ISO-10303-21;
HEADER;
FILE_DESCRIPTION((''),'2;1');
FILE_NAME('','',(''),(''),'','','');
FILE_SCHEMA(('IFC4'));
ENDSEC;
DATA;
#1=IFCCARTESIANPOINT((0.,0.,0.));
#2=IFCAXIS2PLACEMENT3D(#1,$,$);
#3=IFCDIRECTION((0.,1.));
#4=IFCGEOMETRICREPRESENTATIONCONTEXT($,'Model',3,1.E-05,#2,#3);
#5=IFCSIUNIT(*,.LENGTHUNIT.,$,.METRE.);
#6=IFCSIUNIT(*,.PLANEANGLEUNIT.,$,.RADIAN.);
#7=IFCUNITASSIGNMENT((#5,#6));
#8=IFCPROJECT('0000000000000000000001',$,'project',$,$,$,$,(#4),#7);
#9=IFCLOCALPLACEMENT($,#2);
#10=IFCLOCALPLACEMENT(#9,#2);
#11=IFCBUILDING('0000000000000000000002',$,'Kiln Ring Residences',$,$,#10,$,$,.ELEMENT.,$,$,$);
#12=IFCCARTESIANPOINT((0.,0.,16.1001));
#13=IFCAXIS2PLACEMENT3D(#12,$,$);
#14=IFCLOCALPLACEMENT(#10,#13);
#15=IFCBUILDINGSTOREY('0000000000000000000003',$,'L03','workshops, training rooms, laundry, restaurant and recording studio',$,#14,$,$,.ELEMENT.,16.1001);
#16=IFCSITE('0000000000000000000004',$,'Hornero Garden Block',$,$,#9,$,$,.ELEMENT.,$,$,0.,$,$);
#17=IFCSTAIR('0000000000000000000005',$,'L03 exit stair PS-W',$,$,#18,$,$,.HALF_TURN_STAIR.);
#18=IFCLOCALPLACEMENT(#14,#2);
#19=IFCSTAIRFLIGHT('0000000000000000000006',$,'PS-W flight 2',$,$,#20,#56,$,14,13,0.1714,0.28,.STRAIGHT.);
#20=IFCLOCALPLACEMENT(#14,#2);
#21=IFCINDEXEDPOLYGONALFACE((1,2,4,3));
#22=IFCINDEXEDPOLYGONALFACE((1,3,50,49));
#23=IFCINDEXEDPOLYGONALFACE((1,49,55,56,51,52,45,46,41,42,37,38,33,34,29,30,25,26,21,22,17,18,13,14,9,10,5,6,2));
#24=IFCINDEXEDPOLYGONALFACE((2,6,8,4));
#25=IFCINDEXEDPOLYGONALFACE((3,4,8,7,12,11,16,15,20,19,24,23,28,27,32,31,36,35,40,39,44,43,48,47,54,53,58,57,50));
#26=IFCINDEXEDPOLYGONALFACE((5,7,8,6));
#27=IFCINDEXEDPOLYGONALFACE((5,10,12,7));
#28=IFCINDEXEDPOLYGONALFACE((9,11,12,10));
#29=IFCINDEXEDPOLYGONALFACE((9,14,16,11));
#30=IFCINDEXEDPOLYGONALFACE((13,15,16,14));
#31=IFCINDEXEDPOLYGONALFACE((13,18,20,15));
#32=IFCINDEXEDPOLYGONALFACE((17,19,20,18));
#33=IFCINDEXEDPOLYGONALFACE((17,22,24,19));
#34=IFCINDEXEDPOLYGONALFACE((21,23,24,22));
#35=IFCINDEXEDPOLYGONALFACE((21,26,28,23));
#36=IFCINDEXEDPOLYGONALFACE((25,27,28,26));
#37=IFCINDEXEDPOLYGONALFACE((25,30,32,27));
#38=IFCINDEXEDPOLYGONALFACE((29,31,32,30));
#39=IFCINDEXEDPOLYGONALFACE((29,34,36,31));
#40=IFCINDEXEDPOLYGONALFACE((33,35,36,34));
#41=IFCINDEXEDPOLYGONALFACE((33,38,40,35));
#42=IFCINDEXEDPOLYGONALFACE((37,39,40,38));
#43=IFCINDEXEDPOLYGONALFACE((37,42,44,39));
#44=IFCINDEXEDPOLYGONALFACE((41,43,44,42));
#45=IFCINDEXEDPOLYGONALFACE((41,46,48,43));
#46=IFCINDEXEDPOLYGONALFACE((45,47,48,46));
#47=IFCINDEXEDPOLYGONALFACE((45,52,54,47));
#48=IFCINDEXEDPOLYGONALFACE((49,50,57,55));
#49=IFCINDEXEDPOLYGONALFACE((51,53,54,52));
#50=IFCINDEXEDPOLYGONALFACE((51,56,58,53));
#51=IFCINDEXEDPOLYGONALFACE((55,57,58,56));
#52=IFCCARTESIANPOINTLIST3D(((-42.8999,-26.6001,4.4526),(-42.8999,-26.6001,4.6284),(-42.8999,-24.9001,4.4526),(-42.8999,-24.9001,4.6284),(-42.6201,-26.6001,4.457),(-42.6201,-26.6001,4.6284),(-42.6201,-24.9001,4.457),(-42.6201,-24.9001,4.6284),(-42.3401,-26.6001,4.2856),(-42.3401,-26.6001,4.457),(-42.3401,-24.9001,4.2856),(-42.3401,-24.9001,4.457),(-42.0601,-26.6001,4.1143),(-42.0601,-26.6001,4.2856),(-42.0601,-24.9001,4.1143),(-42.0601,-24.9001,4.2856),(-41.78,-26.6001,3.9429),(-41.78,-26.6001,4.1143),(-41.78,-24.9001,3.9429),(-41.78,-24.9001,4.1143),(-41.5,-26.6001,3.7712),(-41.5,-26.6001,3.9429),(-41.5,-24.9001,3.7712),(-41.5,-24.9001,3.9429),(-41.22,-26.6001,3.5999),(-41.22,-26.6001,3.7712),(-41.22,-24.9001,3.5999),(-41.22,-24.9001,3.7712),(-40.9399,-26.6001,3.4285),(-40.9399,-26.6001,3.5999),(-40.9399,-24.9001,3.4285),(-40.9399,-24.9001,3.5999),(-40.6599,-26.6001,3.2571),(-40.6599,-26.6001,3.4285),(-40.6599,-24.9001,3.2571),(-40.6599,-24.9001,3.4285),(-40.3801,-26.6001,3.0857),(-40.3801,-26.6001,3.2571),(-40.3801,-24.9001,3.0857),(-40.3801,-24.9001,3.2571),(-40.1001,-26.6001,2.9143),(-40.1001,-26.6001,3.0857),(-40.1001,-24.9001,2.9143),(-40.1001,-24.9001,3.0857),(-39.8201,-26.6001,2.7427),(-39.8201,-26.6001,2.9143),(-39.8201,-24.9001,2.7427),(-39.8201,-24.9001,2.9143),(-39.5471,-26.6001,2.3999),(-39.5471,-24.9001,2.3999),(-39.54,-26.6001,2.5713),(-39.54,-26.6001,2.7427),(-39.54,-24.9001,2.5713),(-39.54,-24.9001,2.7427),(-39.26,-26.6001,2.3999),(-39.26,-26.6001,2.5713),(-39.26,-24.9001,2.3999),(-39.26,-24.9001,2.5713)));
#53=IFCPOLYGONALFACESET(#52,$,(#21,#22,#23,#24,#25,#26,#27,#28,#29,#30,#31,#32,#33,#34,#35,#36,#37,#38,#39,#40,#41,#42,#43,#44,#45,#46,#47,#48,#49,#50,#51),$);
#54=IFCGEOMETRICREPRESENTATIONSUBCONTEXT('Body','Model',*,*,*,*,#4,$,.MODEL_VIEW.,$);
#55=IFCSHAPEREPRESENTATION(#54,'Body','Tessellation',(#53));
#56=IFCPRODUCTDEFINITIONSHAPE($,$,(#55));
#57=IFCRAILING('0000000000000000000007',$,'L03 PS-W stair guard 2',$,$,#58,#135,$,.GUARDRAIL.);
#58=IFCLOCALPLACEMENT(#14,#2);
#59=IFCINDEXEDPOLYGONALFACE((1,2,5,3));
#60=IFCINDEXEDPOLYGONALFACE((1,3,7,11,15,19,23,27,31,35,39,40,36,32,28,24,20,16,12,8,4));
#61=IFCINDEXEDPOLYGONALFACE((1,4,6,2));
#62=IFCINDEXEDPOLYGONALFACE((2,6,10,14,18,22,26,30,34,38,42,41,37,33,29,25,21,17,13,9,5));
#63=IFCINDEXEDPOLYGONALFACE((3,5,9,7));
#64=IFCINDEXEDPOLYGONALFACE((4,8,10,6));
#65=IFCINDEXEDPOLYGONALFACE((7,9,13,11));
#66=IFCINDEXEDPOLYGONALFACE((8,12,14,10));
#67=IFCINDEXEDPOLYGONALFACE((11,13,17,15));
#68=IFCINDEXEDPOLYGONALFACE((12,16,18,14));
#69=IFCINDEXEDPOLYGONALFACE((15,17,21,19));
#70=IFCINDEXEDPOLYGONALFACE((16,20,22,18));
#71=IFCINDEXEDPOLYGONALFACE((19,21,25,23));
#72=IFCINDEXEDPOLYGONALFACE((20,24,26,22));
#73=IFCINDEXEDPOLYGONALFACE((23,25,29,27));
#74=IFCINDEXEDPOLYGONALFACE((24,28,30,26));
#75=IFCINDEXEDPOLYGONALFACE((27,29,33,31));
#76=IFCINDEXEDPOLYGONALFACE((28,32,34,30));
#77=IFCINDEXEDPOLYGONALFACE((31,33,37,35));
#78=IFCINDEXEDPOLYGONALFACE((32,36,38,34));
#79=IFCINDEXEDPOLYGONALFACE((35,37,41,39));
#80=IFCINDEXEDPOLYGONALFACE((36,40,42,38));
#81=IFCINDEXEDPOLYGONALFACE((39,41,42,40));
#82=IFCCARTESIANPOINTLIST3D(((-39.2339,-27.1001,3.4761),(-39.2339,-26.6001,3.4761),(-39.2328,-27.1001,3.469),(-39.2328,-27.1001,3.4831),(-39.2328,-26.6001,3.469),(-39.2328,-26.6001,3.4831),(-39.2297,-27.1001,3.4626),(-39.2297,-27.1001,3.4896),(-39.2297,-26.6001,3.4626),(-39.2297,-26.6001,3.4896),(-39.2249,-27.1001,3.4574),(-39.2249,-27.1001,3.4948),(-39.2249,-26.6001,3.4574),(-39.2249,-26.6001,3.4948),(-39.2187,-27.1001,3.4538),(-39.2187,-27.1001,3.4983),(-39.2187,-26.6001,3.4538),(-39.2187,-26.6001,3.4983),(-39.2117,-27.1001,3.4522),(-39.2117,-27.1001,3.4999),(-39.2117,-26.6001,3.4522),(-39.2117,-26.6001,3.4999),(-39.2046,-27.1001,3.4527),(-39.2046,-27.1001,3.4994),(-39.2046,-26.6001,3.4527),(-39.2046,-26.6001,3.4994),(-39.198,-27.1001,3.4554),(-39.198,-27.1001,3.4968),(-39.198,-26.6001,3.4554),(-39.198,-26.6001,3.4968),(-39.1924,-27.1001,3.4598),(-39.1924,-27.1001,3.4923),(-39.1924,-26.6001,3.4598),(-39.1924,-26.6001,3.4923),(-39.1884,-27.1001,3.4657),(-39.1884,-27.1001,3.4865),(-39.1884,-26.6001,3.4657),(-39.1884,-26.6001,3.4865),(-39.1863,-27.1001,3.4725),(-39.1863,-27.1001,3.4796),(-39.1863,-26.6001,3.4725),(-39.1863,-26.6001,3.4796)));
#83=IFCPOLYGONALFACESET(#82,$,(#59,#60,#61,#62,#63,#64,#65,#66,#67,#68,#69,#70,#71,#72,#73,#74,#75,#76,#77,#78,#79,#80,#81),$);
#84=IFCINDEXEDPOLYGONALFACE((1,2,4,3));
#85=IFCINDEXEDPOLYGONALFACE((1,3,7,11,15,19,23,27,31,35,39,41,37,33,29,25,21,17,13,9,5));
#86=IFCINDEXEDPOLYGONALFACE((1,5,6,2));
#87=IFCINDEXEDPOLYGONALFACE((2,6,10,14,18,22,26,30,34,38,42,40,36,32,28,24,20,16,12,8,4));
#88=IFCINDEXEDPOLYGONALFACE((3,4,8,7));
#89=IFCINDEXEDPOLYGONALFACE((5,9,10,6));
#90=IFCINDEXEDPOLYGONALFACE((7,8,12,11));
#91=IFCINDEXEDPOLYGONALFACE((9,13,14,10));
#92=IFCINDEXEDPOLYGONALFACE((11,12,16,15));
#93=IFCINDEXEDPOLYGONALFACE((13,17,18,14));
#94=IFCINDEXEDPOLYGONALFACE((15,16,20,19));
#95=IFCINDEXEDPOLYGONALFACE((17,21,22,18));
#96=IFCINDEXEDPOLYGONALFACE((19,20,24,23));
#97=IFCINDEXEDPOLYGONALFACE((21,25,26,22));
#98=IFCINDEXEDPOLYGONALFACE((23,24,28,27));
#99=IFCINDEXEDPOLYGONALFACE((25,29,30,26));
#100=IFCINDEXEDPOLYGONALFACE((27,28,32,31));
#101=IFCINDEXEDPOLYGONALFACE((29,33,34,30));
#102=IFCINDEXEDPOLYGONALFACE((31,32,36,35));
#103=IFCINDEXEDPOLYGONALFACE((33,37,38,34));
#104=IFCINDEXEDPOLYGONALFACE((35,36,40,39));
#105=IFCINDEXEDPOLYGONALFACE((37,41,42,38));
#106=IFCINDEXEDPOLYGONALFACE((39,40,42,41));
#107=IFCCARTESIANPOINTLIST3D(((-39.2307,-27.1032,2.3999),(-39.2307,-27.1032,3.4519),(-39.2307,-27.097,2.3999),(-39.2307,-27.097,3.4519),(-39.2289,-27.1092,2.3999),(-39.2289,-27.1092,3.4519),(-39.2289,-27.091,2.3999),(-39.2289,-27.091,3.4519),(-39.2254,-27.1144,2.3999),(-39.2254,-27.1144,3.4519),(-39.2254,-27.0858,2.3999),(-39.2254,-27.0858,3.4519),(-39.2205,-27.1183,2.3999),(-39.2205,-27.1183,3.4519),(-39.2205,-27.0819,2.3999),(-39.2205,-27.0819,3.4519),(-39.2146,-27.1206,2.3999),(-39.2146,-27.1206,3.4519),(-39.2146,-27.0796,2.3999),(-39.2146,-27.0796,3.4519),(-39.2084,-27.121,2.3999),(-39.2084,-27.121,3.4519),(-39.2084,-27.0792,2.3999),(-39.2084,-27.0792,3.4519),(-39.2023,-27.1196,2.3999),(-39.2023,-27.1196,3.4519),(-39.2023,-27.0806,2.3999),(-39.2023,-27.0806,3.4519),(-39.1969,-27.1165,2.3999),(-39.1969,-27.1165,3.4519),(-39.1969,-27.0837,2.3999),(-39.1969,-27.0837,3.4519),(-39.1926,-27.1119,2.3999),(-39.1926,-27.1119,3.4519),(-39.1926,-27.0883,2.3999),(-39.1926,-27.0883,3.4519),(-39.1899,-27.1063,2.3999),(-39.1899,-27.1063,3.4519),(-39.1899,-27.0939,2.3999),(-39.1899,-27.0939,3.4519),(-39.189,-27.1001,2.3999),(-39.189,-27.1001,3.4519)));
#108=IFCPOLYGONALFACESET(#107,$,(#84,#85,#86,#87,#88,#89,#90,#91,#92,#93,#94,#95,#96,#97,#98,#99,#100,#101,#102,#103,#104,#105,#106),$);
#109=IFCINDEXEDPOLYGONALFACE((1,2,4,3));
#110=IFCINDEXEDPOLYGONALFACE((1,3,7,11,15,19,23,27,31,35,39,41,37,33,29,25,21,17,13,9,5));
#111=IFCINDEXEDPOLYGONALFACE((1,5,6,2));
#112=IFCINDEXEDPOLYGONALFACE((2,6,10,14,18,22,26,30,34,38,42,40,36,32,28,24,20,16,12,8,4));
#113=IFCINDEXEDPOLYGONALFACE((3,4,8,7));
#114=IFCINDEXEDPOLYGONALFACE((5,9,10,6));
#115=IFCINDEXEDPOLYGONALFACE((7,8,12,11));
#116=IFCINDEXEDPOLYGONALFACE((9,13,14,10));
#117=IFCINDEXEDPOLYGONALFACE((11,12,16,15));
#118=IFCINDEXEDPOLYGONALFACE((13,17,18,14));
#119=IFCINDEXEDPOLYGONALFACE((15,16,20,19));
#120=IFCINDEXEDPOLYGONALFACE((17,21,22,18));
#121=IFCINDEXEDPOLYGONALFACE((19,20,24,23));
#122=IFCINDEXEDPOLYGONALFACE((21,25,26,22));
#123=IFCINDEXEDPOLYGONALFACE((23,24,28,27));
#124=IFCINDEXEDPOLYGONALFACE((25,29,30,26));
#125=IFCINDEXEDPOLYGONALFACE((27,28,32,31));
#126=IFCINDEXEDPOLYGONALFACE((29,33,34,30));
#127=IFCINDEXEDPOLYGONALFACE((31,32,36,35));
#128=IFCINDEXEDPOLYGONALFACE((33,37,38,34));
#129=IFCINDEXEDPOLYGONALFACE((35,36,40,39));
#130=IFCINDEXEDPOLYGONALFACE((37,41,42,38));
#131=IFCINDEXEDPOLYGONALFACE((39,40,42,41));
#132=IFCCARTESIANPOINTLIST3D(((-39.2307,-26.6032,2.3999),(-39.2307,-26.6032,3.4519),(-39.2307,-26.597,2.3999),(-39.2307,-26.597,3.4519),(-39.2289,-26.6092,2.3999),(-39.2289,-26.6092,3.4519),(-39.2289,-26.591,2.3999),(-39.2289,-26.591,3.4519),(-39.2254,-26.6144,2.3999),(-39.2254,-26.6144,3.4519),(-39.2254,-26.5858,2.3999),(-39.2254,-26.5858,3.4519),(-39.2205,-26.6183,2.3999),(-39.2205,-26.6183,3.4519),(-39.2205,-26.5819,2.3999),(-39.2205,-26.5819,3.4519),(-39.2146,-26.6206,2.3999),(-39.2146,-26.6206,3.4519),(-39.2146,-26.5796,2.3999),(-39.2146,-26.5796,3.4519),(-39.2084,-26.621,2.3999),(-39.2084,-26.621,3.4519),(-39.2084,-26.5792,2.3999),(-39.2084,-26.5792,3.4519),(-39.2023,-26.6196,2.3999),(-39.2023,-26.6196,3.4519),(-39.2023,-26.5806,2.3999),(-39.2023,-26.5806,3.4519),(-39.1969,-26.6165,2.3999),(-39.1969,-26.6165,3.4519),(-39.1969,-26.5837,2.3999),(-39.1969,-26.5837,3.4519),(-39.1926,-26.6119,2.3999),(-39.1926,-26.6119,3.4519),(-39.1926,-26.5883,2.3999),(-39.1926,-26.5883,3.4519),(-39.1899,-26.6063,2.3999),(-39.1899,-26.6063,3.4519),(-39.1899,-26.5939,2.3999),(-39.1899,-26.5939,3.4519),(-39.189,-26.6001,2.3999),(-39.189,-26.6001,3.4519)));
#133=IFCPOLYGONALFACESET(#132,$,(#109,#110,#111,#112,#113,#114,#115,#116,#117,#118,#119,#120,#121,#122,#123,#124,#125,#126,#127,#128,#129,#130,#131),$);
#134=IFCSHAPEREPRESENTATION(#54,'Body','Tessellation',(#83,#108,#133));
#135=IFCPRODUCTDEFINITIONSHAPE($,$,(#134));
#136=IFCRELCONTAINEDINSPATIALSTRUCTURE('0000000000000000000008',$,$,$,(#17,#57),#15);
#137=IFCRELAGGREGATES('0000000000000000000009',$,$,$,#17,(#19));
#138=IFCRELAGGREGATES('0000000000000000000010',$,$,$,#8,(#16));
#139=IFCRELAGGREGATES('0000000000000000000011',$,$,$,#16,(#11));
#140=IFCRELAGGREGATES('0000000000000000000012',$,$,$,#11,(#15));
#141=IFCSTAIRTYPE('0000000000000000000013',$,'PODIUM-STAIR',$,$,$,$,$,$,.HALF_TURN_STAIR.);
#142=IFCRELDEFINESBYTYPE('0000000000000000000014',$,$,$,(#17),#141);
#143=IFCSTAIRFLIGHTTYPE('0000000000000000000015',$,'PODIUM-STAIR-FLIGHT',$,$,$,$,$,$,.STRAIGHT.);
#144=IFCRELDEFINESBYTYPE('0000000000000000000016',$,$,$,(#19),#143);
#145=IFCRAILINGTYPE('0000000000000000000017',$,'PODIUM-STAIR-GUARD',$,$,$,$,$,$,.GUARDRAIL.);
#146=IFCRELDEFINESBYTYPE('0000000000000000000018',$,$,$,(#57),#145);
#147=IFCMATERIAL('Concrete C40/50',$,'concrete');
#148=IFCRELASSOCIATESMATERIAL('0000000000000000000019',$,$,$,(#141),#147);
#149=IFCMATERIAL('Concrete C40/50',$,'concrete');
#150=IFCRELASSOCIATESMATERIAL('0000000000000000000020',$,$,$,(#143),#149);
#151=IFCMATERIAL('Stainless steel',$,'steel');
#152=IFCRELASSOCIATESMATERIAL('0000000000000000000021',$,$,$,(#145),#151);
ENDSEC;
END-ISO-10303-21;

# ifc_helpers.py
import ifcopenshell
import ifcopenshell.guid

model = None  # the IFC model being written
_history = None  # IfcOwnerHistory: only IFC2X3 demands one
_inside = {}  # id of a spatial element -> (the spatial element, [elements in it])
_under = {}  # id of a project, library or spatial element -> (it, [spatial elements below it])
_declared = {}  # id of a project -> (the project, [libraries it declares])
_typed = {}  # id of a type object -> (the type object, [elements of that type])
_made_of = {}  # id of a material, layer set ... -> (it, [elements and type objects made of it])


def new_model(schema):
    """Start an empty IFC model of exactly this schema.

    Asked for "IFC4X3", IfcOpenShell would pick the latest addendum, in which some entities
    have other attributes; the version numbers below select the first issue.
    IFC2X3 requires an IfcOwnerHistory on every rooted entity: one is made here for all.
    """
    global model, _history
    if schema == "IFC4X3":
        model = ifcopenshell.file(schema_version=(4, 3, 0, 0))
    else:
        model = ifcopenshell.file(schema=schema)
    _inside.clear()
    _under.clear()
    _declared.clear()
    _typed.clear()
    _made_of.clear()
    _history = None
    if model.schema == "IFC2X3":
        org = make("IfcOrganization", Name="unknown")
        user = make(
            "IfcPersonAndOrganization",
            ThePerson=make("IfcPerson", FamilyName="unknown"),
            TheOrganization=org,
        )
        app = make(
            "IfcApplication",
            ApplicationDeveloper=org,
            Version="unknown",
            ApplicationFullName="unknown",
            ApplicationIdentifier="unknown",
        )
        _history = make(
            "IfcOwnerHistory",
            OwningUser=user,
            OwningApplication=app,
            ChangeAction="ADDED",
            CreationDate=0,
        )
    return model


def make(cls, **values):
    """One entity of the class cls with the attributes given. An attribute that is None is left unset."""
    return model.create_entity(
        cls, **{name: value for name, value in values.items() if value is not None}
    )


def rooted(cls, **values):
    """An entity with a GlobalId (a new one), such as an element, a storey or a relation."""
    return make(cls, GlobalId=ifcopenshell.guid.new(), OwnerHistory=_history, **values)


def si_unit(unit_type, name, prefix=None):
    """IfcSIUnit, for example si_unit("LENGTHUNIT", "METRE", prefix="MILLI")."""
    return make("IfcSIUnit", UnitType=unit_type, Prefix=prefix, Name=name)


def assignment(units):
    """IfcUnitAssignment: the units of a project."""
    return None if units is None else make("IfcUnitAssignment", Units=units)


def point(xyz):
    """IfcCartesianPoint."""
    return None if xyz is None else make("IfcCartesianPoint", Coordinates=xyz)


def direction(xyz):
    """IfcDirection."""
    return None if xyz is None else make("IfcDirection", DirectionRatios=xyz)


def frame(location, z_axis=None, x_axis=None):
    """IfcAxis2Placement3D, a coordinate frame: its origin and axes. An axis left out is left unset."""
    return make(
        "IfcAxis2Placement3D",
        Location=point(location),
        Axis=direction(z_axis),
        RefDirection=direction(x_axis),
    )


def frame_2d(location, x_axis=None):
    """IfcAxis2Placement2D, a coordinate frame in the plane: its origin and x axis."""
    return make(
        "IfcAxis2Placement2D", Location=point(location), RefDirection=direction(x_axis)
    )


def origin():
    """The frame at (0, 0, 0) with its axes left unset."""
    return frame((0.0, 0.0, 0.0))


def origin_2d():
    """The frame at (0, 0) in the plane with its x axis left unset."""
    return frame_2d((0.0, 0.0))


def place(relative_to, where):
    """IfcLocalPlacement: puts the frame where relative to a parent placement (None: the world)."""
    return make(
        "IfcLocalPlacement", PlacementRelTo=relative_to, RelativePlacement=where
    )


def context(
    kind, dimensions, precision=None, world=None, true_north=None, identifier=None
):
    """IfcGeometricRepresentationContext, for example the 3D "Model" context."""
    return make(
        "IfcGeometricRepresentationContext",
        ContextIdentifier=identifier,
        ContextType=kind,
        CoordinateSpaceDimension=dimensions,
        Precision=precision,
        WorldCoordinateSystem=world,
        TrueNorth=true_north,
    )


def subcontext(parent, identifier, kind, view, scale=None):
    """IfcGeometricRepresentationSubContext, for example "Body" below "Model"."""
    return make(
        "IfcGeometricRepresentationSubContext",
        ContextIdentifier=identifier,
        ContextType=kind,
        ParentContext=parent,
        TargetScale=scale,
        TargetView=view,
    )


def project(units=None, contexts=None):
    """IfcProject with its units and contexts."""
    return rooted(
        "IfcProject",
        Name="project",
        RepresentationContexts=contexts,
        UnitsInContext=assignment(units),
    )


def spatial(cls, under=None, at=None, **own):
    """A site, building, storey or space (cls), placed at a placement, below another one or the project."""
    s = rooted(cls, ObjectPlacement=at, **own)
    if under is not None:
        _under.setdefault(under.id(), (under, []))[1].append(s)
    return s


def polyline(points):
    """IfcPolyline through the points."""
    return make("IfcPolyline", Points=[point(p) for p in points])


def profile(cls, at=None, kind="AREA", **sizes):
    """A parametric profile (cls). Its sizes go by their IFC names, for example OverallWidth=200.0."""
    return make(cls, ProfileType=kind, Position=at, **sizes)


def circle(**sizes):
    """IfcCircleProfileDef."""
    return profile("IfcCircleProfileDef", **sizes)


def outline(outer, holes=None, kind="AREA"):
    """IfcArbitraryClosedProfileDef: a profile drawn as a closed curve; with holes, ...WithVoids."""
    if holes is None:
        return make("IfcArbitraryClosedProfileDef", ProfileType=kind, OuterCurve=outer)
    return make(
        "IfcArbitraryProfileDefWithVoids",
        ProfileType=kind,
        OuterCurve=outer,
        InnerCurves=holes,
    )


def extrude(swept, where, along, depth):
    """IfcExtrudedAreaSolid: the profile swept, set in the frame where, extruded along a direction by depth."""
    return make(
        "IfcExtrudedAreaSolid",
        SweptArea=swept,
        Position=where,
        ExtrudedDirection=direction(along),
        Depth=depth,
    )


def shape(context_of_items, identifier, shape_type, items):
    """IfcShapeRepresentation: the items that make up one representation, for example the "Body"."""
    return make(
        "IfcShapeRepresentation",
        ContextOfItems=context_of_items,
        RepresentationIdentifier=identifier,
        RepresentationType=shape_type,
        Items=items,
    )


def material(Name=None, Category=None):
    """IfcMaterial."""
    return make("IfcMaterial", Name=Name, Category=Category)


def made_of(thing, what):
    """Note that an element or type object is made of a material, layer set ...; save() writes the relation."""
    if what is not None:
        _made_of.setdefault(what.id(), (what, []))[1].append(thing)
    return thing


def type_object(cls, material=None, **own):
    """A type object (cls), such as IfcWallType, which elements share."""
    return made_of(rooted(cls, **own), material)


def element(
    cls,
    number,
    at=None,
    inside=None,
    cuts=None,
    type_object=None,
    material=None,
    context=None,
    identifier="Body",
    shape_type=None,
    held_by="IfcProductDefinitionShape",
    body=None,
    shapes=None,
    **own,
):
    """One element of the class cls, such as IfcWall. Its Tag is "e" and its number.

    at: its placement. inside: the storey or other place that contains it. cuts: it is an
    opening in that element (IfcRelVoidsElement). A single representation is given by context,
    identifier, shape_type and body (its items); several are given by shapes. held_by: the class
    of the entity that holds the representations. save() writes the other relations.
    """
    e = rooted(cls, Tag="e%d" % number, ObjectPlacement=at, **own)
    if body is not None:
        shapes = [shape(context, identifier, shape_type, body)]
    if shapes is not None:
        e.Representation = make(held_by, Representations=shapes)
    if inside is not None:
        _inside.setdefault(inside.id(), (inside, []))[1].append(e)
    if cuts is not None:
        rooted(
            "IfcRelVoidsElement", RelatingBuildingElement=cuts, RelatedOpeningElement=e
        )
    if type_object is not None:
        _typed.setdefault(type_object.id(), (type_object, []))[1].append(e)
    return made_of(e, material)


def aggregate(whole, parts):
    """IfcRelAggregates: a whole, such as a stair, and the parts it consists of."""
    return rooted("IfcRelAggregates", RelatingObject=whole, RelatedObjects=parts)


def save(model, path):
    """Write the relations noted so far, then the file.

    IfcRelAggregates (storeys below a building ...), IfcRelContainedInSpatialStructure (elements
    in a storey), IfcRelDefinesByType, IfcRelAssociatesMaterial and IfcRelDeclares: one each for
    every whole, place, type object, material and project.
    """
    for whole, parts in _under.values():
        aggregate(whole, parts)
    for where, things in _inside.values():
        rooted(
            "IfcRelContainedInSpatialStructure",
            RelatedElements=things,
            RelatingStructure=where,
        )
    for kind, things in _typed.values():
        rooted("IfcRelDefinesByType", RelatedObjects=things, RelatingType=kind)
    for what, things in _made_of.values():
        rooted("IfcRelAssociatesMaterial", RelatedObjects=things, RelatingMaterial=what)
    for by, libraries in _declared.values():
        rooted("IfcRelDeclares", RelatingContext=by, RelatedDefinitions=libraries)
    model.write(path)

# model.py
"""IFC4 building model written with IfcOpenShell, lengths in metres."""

from ifc_helpers import new_model, si_unit, direction, frame, origin, origin_2d, place, context, subcontext, project, spatial, polyline, circle, outline, extrude, material, type_object, element, aggregate, save


model = new_model("IFC4")

# Units and contexts
model_context = context("Model", 3, precision=1e-05, world=origin(), true_north=direction((0.0, 1.0)))
body_context = subcontext(model_context, "Body", "Model", "MODEL_VIEW")
ifc_project = project(units=[si_unit("LENGTHUNIT", "METRE"), si_unit("PLANEANGLEUNIT", "RADIAN")], contexts=[model_context])

# Site, building, storey
site_placement = place(None, origin())
site = spatial("IfcSite", under=ifc_project, at=site_placement, Name="Hornero Garden Block", CompositionType="ELEMENT", RefElevation=0.0)
building_placement = place(site_placement, origin())
building = spatial("IfcBuilding", under=site, at=building_placement, Name="Kiln Ring Residences", CompositionType="ELEMENT")
storey_placement = place(building_placement, frame((0.0, 0.0, 16.1001)))
storey = spatial("IfcBuildingStorey", under=building, at=storey_placement, Name="L03", Description="workshops, training rooms, laundry, restaurant and recording studio", CompositionType="ELEMENT", Elevation=16.1001)

# Stair, stair flight
ifc_material_1 = material(Name="Concrete C40/50", Category="concrete")
stair_type = type_object("IfcStairType", Name="PODIUM-STAIR", PredefinedType="HALF_TURN_STAIR", material=ifc_material_1)
stair_placement = place(storey_placement, origin())
stair = element("IfcStair", 1, at=stair_placement, inside=storey, type_object=stair_type, Name="L03 exit stair PS-W", PredefinedType="HALF_TURN_STAIR")
ifc_material_2 = material(Name="Concrete C40/50", Category="concrete")
stair_flight_type = type_object("IfcStairFlightType", Name="PODIUM-STAIR-FLIGHT", PredefinedType="STRAIGHT", material=ifc_material_2)
stair_flight_placement = place(storey_placement, frame((-39.26, -25.75, 2.3999), z_axis=(0.0, 0.0, 1.0), x_axis=(-1.0, 0.0, 0.0)))
stair_flight = element("IfcStairFlight", 2, at=stair_flight_placement, type_object=stair_flight_type, Name="PS-W flight 2", NumberOfRisers=14, NumberOfTreads=13, PredefinedType="STRAIGHT", RiserHeight=0.1714, TreadLength=0.28, context=body_context, shape_type="SweptSolid", body=[
    extrude(outline(polyline([(0.0, 0.0), (0.0, 0.1714), (0.28, 0.1714), (0.28, 0.3428), (0.5601, 0.3428), (0.5601, 0.5144), (0.8401, 0.5144), (0.8401, 0.6858), (1.1201, 0.6858), (1.1201, 0.8572), (1.3999, 0.8572), (1.3999, 1.0286), (1.6799, 1.0286), (1.6799, 1.2), (1.96, 1.2), (1.96, 1.3713), (2.24, 1.3713), (2.24, 1.543), (2.52, 1.543), (2.52, 1.7144), (2.8, 1.7144), (2.8, 1.8857), (3.0801, 1.8857), (3.0801, 2.0571), (3.3601, 2.0571), (3.3601, 2.2285), (3.6399, 2.2285), (3.6399, 2.3999), (3.6399, 2.0527), (0.2871, 0.0), (0.0, 0.0)])), frame((0.0, 0.8501, 0.0), z_axis=(0.0, -1.0, 0.0), x_axis=(1.0, 0.0, 0.0)), (0.0, 0.0, 1.0), 1.7),
])
aggregate(stair, [stair_flight])

# Railing
ifc_material_3 = material(Name="Stainless steel", Category="steel")
railing_type_1 = type_object("IfcRailingType", Name="PODIUM-STAIR-GUARD", PredefinedType="GUARDRAIL", material=ifc_material_3)
railing_1_placement = place(storey_placement, frame((-39.21, -27.1001, 2.3999)))
element("IfcRailing", 3, at=railing_1_placement, inside=storey, type_object=railing_type_1, Name="L03 PS-W stair guard 2", PredefinedType="GUARDRAIL", context=body_context, shape_type="SweptSolid", body=[
    extrude(circle(Radius=0.0239, at=origin_2d()), frame((0.0, 0.0, 1.0762), z_axis=(0.0, 1.0, 0.0), x_axis=(-1.0, 0.0, 0.0)), (0.0, 0.0, 1.0), 0.5),
    extrude(circle(Radius=0.021, at=origin_2d()), origin(), (0.0, 0.0, 1.0), 1.052),
    extrude(circle(Radius=0.021, at=origin_2d()), frame((0.0, 0.5, 0.0)), (0.0, 0.0, 1.0), 1.052),
])

save(model, "model.ifc")
